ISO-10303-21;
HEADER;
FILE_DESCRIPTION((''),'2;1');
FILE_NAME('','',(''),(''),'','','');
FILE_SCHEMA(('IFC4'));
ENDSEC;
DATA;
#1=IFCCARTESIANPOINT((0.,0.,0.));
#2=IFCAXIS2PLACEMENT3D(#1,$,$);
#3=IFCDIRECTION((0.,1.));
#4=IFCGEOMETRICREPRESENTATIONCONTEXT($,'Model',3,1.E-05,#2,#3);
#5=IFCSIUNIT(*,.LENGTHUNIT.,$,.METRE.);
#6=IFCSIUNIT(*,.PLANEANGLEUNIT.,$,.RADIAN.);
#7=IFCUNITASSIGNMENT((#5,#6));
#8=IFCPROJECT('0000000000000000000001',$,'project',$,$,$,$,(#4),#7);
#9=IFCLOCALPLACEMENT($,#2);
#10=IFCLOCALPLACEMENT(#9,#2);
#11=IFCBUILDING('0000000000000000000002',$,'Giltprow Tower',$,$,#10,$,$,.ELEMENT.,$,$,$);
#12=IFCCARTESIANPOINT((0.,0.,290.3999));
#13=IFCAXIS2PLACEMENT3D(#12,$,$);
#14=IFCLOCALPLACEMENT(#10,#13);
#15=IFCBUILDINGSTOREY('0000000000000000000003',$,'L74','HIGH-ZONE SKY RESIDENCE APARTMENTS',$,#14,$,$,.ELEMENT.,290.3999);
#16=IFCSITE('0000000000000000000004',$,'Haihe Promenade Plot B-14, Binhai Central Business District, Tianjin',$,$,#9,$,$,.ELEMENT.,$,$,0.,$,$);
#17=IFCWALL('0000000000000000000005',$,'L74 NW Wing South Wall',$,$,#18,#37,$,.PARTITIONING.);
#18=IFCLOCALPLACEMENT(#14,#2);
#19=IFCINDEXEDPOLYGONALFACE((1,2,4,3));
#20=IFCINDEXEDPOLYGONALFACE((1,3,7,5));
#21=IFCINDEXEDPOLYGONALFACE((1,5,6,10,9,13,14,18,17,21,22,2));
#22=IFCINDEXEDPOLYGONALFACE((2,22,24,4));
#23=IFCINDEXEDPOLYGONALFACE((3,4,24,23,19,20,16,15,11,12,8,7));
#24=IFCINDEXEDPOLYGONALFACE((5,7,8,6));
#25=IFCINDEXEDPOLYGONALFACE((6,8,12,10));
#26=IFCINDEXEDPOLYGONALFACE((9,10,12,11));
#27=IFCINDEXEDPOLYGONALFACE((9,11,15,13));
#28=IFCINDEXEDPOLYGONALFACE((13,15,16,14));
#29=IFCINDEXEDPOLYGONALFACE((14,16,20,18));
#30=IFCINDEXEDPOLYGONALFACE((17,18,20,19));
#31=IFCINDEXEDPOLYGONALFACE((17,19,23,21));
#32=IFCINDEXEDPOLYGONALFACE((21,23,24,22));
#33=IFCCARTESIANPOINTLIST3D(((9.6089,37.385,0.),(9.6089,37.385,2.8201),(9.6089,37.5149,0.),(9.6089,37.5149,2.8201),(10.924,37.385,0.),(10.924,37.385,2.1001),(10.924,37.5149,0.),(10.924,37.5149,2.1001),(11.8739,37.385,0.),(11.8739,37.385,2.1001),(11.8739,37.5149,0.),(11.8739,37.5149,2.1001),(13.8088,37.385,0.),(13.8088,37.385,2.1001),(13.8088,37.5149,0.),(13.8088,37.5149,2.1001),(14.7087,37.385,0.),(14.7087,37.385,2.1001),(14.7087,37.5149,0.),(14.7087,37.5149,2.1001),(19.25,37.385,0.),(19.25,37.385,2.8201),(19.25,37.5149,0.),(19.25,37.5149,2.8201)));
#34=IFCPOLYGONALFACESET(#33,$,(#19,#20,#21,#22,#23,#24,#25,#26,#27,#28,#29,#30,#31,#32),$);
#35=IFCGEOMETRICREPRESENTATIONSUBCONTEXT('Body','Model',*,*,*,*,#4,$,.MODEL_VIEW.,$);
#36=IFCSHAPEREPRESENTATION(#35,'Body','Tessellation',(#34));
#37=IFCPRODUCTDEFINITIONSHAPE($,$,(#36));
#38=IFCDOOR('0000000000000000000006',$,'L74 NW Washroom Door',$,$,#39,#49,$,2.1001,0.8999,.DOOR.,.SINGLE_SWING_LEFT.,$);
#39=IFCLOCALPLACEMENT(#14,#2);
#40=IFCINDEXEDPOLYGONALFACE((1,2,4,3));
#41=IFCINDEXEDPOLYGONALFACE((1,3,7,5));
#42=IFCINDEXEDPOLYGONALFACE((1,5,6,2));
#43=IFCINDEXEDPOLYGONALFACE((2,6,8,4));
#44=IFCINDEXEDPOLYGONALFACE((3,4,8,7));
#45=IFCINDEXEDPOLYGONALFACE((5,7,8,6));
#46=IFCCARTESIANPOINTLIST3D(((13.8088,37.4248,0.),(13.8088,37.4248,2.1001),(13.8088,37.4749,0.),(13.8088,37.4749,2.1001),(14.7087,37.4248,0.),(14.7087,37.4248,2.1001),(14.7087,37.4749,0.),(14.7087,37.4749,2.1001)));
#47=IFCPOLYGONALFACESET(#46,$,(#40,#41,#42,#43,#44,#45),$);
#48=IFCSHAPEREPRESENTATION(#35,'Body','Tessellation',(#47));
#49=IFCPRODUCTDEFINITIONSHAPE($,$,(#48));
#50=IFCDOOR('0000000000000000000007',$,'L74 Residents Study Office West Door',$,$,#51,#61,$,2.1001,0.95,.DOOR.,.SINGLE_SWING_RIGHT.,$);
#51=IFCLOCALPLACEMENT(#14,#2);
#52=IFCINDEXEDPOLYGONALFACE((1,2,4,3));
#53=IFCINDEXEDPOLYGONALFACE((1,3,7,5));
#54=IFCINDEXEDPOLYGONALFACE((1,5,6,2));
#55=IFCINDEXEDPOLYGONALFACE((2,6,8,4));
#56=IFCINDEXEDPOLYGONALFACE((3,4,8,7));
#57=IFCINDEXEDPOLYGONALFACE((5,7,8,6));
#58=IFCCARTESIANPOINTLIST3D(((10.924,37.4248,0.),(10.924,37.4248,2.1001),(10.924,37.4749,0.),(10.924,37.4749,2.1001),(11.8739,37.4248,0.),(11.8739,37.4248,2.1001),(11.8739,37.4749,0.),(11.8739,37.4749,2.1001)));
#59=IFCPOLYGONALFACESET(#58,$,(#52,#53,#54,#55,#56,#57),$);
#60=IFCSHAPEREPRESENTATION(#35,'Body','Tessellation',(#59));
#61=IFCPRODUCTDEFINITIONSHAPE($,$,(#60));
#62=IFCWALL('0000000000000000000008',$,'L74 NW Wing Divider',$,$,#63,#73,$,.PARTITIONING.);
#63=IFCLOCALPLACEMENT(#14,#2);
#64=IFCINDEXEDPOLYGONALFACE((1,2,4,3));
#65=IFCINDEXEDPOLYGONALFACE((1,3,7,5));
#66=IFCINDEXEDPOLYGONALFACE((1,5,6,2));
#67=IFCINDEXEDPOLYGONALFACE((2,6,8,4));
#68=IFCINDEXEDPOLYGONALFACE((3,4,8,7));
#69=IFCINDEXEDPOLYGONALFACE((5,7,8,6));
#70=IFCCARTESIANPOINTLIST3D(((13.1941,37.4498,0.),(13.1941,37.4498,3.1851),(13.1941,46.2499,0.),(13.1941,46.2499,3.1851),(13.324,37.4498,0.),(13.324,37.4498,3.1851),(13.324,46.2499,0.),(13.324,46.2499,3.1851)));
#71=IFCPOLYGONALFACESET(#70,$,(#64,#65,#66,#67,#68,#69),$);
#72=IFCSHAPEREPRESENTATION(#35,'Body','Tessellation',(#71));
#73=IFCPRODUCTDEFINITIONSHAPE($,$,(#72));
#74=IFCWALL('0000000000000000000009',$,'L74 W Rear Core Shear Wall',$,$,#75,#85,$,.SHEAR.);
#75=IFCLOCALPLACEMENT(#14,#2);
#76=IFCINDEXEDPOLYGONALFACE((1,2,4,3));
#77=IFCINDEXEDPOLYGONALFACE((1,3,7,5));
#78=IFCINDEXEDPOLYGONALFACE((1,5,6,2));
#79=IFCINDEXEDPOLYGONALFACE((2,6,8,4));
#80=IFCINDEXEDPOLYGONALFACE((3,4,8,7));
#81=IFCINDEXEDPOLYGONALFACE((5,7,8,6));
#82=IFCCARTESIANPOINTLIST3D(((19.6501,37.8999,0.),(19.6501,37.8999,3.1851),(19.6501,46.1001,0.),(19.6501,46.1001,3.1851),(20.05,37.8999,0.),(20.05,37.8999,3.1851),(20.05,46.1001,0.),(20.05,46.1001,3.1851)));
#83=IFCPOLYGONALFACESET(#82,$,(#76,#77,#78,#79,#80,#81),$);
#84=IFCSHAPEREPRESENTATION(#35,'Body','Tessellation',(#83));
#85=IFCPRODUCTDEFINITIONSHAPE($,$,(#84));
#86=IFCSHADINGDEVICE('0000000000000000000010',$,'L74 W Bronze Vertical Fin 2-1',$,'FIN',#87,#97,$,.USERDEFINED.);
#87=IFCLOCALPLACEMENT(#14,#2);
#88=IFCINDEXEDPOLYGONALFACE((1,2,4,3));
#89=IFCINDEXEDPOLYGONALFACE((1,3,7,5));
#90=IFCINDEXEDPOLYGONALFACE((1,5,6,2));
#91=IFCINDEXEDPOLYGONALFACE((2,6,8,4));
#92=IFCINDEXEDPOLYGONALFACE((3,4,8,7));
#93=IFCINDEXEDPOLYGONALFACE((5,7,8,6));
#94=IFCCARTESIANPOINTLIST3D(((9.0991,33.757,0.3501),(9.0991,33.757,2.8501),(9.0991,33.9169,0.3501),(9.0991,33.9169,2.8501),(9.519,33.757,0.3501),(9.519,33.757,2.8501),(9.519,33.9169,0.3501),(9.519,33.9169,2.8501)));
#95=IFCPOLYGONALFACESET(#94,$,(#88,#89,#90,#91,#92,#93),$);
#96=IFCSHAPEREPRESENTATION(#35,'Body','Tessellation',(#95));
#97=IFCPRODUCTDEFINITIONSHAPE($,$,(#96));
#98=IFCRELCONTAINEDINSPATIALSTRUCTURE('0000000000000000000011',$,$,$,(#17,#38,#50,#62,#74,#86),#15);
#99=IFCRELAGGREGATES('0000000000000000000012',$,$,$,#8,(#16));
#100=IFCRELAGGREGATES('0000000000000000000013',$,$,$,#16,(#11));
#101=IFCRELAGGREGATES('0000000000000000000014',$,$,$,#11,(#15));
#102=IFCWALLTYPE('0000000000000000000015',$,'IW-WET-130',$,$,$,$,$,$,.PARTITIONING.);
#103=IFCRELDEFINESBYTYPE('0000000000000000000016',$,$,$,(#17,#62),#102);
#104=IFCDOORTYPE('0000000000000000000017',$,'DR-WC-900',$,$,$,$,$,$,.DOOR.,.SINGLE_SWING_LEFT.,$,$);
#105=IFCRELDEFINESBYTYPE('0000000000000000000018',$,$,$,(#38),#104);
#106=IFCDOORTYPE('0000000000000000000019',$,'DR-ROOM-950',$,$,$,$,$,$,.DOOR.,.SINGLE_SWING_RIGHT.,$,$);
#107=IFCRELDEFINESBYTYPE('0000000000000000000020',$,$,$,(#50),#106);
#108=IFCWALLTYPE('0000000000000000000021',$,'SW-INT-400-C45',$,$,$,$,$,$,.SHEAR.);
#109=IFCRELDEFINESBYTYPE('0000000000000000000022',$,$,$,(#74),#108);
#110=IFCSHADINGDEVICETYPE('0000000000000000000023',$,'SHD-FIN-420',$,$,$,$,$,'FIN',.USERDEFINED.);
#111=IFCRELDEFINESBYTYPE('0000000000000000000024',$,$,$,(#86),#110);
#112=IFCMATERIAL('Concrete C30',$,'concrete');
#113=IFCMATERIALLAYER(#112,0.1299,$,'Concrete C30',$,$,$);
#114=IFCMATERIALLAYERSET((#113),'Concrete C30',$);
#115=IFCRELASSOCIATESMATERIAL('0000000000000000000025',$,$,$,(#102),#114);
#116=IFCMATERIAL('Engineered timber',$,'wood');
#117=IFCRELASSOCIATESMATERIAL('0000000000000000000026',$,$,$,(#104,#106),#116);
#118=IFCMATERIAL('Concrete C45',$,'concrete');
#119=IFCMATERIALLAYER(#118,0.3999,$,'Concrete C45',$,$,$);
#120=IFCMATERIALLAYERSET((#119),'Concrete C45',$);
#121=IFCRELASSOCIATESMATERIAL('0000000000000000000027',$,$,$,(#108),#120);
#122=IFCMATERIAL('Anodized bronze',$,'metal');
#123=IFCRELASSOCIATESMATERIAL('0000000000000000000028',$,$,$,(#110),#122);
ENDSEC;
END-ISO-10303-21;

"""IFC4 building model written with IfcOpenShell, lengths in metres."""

from ifc_helpers import new_model, si_unit, direction, frame, frame_2d, origin, origin_2d, place, context, subcontext, project, spatial, rectangle, extrude, source, transform, mapped, material, layer, layer_set, type_object, element, fill, save


model = new_model("IFC4")

# Units and contexts
model_context = context("Model", 3, precision=1e-05, world=origin(), true_north=direction((0.0, 1.0)))
body_context = subcontext(model_context, "Body", "Model", "MODEL_VIEW")
ifc_project = project(units=[si_unit("LENGTHUNIT", "METRE"), si_unit("PLANEANGLEUNIT", "RADIAN")], contexts=[model_context])

# Site, building, storey
site_placement = place(None, origin())
site = spatial("IfcSite", under=ifc_project, at=site_placement, Name="Haihe Promenade Plot B-14, Binhai Central Business District, Tianjin", CompositionType="ELEMENT", RefElevation=0.0)
building_placement = place(site_placement, origin())
building = spatial("IfcBuilding", under=site, at=building_placement, Name="Giltprow Tower", CompositionType="ELEMENT")
storey_placement = place(building_placement, frame((0.0, 0.0, 290.3999)))
storey = spatial("IfcBuildingStorey", under=building, at=storey_placement, Name="L74", Description="HIGH-ZONE SKY RESIDENCE APARTMENTS", CompositionType="ELEMENT", Elevation=290.3999)

# Shared definitions
ifc_material_1 = material(Name="Concrete C45", Category="concrete")

# Wall, openings, doors
ifc_material_2 = material(Name="Engineered timber", Category="wood")
ifc_material_3 = material(Name="Concrete C30", Category="concrete")
ifc_layer_1 = layer(ifc_material_3, 0.1299, Name="Concrete C30")
ifc_layer_set_1 = layer_set([ifc_layer_1], Name="Concrete C30")
wall_type_1 = type_object("IfcWallType", Name="IW-WET-130", PredefinedType="PARTITIONING", material=ifc_layer_set_1)
wall_1_placement = place(storey_placement, frame((9.6089, 37.45, 0.0), z_axis=(0.0, 0.0, 1.0), x_axis=(1.0, 0.0, 0.0)))
wall_1 = element("IfcWall", 1, at=wall_1_placement, inside=storey, type_object=wall_type_1, Name="L74 NW Wing South Wall", PredefinedType="PARTITIONING", context=body_context, shape_type="SweptSolid", body=[
    extrude(rectangle(XDim=9.6411, YDim=0.1299, at=frame_2d((4.8206, 0.0))), origin(), (0.0, 0.0, 1.0), 2.8201),
])
opening_1_placement = place(wall_1_placement, frame((1.3149, 0.0, 0.0)))
opening_1 = element("IfcOpeningElement", 2, at=opening_1_placement, cuts=wall_1, PredefinedType="OPENING", context=body_context, shape_type="SweptSolid", body=[
    extrude(rectangle(XDim=0.95, YDim=2.1001, at=frame_2d((0.4751, 1.05))), frame((0.0, 0.075, 0.0), z_axis=(0.0, -1.0, 0.0), x_axis=(1.0, 0.0, 0.0)), (0.0, 0.0, 1.0), 0.1499),
])
opening_2_placement = place(wall_1_placement, frame((4.2, 0.0, 0.0)))
opening_2 = element("IfcOpeningElement", 3, at=opening_2_placement, cuts=wall_1, PredefinedType="OPENING", context=body_context, shape_type="SweptSolid", body=[
    extrude(rectangle(XDim=0.8999, YDim=2.1001, at=frame_2d((0.45, 1.05))), frame((0.0, 0.075, 0.0), z_axis=(0.0, -1.0, 0.0), x_axis=(1.0, 0.0, 0.0)), (0.0, 0.0, 1.0), 0.1499),
])
door_type_1 = type_object("IfcDoorType", Name="DR-WC-900", OperationType="SINGLE_SWING_LEFT", PredefinedType="DOOR", material=ifc_material_2)
shared_shape_1 = source(origin(), body_context, "Body", "SweptSolid", [
    extrude(rectangle(XDim=0.8999, YDim=2.1001, at=frame_2d((0.45, 1.05))), frame((0.0, 0.0249, 0.0), z_axis=(0.0, -1.0, 0.0), x_axis=(1.0, 0.0, 0.0)), (0.0, 0.0, 1.0), 0.05),
])
door_1_placement = place(opening_2_placement, origin())
door_1 = element("IfcDoor", 4, at=door_1_placement, inside=storey, type_object=door_type_1, Name="L74 NW Washroom Door", OperationType="SINGLE_SWING_LEFT", OverallHeight=2.1001, OverallWidth=0.8999, PredefinedType="DOOR", context=body_context, shape_type="MappedRepresentation", body=[
    mapped(shared_shape_1, transform((0.0, 0.0, 0.0), x_axis=(1.0, 0.0, 0.0), y_axis=(0.0, 1.0, 0.0), z_axis=(0.0, 0.0, 1.0), scale=1.0)),
])
fill(opening_2, door_1)
door_type_2 = type_object("IfcDoorType", Name="DR-ROOM-950", OperationType="SINGLE_SWING_RIGHT", PredefinedType="DOOR", material=ifc_material_2)
shared_shape_2 = source(origin(), body_context, "Body", "SweptSolid", [
    extrude(rectangle(XDim=0.95, YDim=2.1001, at=frame_2d((0.4751, 1.05))), frame((0.0, 0.0249, 0.0), z_axis=(0.0, -1.0, 0.0), x_axis=(1.0, 0.0, 0.0)), (0.0, 0.0, 1.0), 0.05),
])
door_2_placement = place(opening_1_placement, origin())
door_2 = element("IfcDoor", 5, at=door_2_placement, inside=storey, type_object=door_type_2, Name="L74 Residents Study Office West Door", OperationType="SINGLE_SWING_RIGHT", OverallHeight=2.1001, OverallWidth=0.95, PredefinedType="DOOR", context=body_context, shape_type="MappedRepresentation", body=[
    mapped(shared_shape_2, transform((0.0, 0.0, 0.0), x_axis=(1.0, 0.0, 0.0), y_axis=(0.0, 1.0, 0.0), z_axis=(0.0, 0.0, 1.0), scale=1.0)),
])
fill(opening_1, door_2)

# Walls
wall_2_placement = place(storey_placement, frame((13.259, 37.45, 0.0), z_axis=(0.0, 0.0, 1.0), x_axis=(0.0, 1.0, 0.0)))
element("IfcWall", 6, at=wall_2_placement, inside=storey, type_object=wall_type_1, Name="L74 NW Wing Divider", PredefinedType="PARTITIONING", context=body_context, shape_type="SweptSolid", body=[
    extrude(rectangle(XDim=8.8, YDim=0.1299, at=frame_2d((4.3999, 0.0))), origin(), (0.0, 0.0, 1.0), 3.1851),
])
ifc_layer_2 = layer(ifc_material_1, 0.3999, Name="Concrete C45")
ifc_layer_set_2 = layer_set([ifc_layer_2], Name="Concrete C45")
wall_type_2 = type_object("IfcWallType", Name="SW-INT-400-C45", PredefinedType="SHEAR", material=ifc_layer_set_2)
wall_3_placement = place(storey_placement, frame((19.8501, 37.8999, 0.0), z_axis=(0.0, 0.0, 1.0), x_axis=(0.0, 1.0, 0.0)))
element("IfcWall", 7, at=wall_3_placement, inside=storey, type_object=wall_type_2, Name="L74 W Rear Core Shear Wall", PredefinedType="SHEAR", context=body_context, shape_type="SweptSolid", body=[
    extrude(rectangle(XDim=8.2002, YDim=0.3999, at=frame_2d((4.1001, 0.0))), origin(), (0.0, 0.0, 1.0), 3.1851),
])

# Shading device
ifc_material_4 = material(Name="Anodized bronze", Category="metal")
shading_device_type = type_object("IfcShadingDeviceType", Name="SHD-FIN-420", ElementType="FIN", PredefinedType="USERDEFINED", material=ifc_material_4)
shared_shape_3 = source(origin(), body_context, "Body", "SweptSolid", [
    extrude(rectangle(XDim=0.4199, YDim=0.1599, at=origin_2d()), origin(), (0.0, 0.0, 1.0), 2.5),
])
shading_device_placement = place(storey_placement, frame((9.3091, 33.8369, 0.3501), z_axis=(0.0, 0.0, 1.0), x_axis=(1.0, 0.0, 0.0)))
element("IfcShadingDevice", 8, at=shading_device_placement, inside=storey, type_object=shading_device_type, Name="L74 W Bronze Vertical Fin 2-1", ObjectType="FIN", PredefinedType="USERDEFINED", context=body_context, shape_type="MappedRepresentation", body=[
    mapped(shared_shape_3, transform((0.0, 0.0, 0.0), x_axis=(1.0, 0.0, 0.0), y_axis=(0.0, 1.0, 0.0), z_axis=(0.0, 0.0, 1.0), scale=1.0)),
])

save(model, "model.ifc")
